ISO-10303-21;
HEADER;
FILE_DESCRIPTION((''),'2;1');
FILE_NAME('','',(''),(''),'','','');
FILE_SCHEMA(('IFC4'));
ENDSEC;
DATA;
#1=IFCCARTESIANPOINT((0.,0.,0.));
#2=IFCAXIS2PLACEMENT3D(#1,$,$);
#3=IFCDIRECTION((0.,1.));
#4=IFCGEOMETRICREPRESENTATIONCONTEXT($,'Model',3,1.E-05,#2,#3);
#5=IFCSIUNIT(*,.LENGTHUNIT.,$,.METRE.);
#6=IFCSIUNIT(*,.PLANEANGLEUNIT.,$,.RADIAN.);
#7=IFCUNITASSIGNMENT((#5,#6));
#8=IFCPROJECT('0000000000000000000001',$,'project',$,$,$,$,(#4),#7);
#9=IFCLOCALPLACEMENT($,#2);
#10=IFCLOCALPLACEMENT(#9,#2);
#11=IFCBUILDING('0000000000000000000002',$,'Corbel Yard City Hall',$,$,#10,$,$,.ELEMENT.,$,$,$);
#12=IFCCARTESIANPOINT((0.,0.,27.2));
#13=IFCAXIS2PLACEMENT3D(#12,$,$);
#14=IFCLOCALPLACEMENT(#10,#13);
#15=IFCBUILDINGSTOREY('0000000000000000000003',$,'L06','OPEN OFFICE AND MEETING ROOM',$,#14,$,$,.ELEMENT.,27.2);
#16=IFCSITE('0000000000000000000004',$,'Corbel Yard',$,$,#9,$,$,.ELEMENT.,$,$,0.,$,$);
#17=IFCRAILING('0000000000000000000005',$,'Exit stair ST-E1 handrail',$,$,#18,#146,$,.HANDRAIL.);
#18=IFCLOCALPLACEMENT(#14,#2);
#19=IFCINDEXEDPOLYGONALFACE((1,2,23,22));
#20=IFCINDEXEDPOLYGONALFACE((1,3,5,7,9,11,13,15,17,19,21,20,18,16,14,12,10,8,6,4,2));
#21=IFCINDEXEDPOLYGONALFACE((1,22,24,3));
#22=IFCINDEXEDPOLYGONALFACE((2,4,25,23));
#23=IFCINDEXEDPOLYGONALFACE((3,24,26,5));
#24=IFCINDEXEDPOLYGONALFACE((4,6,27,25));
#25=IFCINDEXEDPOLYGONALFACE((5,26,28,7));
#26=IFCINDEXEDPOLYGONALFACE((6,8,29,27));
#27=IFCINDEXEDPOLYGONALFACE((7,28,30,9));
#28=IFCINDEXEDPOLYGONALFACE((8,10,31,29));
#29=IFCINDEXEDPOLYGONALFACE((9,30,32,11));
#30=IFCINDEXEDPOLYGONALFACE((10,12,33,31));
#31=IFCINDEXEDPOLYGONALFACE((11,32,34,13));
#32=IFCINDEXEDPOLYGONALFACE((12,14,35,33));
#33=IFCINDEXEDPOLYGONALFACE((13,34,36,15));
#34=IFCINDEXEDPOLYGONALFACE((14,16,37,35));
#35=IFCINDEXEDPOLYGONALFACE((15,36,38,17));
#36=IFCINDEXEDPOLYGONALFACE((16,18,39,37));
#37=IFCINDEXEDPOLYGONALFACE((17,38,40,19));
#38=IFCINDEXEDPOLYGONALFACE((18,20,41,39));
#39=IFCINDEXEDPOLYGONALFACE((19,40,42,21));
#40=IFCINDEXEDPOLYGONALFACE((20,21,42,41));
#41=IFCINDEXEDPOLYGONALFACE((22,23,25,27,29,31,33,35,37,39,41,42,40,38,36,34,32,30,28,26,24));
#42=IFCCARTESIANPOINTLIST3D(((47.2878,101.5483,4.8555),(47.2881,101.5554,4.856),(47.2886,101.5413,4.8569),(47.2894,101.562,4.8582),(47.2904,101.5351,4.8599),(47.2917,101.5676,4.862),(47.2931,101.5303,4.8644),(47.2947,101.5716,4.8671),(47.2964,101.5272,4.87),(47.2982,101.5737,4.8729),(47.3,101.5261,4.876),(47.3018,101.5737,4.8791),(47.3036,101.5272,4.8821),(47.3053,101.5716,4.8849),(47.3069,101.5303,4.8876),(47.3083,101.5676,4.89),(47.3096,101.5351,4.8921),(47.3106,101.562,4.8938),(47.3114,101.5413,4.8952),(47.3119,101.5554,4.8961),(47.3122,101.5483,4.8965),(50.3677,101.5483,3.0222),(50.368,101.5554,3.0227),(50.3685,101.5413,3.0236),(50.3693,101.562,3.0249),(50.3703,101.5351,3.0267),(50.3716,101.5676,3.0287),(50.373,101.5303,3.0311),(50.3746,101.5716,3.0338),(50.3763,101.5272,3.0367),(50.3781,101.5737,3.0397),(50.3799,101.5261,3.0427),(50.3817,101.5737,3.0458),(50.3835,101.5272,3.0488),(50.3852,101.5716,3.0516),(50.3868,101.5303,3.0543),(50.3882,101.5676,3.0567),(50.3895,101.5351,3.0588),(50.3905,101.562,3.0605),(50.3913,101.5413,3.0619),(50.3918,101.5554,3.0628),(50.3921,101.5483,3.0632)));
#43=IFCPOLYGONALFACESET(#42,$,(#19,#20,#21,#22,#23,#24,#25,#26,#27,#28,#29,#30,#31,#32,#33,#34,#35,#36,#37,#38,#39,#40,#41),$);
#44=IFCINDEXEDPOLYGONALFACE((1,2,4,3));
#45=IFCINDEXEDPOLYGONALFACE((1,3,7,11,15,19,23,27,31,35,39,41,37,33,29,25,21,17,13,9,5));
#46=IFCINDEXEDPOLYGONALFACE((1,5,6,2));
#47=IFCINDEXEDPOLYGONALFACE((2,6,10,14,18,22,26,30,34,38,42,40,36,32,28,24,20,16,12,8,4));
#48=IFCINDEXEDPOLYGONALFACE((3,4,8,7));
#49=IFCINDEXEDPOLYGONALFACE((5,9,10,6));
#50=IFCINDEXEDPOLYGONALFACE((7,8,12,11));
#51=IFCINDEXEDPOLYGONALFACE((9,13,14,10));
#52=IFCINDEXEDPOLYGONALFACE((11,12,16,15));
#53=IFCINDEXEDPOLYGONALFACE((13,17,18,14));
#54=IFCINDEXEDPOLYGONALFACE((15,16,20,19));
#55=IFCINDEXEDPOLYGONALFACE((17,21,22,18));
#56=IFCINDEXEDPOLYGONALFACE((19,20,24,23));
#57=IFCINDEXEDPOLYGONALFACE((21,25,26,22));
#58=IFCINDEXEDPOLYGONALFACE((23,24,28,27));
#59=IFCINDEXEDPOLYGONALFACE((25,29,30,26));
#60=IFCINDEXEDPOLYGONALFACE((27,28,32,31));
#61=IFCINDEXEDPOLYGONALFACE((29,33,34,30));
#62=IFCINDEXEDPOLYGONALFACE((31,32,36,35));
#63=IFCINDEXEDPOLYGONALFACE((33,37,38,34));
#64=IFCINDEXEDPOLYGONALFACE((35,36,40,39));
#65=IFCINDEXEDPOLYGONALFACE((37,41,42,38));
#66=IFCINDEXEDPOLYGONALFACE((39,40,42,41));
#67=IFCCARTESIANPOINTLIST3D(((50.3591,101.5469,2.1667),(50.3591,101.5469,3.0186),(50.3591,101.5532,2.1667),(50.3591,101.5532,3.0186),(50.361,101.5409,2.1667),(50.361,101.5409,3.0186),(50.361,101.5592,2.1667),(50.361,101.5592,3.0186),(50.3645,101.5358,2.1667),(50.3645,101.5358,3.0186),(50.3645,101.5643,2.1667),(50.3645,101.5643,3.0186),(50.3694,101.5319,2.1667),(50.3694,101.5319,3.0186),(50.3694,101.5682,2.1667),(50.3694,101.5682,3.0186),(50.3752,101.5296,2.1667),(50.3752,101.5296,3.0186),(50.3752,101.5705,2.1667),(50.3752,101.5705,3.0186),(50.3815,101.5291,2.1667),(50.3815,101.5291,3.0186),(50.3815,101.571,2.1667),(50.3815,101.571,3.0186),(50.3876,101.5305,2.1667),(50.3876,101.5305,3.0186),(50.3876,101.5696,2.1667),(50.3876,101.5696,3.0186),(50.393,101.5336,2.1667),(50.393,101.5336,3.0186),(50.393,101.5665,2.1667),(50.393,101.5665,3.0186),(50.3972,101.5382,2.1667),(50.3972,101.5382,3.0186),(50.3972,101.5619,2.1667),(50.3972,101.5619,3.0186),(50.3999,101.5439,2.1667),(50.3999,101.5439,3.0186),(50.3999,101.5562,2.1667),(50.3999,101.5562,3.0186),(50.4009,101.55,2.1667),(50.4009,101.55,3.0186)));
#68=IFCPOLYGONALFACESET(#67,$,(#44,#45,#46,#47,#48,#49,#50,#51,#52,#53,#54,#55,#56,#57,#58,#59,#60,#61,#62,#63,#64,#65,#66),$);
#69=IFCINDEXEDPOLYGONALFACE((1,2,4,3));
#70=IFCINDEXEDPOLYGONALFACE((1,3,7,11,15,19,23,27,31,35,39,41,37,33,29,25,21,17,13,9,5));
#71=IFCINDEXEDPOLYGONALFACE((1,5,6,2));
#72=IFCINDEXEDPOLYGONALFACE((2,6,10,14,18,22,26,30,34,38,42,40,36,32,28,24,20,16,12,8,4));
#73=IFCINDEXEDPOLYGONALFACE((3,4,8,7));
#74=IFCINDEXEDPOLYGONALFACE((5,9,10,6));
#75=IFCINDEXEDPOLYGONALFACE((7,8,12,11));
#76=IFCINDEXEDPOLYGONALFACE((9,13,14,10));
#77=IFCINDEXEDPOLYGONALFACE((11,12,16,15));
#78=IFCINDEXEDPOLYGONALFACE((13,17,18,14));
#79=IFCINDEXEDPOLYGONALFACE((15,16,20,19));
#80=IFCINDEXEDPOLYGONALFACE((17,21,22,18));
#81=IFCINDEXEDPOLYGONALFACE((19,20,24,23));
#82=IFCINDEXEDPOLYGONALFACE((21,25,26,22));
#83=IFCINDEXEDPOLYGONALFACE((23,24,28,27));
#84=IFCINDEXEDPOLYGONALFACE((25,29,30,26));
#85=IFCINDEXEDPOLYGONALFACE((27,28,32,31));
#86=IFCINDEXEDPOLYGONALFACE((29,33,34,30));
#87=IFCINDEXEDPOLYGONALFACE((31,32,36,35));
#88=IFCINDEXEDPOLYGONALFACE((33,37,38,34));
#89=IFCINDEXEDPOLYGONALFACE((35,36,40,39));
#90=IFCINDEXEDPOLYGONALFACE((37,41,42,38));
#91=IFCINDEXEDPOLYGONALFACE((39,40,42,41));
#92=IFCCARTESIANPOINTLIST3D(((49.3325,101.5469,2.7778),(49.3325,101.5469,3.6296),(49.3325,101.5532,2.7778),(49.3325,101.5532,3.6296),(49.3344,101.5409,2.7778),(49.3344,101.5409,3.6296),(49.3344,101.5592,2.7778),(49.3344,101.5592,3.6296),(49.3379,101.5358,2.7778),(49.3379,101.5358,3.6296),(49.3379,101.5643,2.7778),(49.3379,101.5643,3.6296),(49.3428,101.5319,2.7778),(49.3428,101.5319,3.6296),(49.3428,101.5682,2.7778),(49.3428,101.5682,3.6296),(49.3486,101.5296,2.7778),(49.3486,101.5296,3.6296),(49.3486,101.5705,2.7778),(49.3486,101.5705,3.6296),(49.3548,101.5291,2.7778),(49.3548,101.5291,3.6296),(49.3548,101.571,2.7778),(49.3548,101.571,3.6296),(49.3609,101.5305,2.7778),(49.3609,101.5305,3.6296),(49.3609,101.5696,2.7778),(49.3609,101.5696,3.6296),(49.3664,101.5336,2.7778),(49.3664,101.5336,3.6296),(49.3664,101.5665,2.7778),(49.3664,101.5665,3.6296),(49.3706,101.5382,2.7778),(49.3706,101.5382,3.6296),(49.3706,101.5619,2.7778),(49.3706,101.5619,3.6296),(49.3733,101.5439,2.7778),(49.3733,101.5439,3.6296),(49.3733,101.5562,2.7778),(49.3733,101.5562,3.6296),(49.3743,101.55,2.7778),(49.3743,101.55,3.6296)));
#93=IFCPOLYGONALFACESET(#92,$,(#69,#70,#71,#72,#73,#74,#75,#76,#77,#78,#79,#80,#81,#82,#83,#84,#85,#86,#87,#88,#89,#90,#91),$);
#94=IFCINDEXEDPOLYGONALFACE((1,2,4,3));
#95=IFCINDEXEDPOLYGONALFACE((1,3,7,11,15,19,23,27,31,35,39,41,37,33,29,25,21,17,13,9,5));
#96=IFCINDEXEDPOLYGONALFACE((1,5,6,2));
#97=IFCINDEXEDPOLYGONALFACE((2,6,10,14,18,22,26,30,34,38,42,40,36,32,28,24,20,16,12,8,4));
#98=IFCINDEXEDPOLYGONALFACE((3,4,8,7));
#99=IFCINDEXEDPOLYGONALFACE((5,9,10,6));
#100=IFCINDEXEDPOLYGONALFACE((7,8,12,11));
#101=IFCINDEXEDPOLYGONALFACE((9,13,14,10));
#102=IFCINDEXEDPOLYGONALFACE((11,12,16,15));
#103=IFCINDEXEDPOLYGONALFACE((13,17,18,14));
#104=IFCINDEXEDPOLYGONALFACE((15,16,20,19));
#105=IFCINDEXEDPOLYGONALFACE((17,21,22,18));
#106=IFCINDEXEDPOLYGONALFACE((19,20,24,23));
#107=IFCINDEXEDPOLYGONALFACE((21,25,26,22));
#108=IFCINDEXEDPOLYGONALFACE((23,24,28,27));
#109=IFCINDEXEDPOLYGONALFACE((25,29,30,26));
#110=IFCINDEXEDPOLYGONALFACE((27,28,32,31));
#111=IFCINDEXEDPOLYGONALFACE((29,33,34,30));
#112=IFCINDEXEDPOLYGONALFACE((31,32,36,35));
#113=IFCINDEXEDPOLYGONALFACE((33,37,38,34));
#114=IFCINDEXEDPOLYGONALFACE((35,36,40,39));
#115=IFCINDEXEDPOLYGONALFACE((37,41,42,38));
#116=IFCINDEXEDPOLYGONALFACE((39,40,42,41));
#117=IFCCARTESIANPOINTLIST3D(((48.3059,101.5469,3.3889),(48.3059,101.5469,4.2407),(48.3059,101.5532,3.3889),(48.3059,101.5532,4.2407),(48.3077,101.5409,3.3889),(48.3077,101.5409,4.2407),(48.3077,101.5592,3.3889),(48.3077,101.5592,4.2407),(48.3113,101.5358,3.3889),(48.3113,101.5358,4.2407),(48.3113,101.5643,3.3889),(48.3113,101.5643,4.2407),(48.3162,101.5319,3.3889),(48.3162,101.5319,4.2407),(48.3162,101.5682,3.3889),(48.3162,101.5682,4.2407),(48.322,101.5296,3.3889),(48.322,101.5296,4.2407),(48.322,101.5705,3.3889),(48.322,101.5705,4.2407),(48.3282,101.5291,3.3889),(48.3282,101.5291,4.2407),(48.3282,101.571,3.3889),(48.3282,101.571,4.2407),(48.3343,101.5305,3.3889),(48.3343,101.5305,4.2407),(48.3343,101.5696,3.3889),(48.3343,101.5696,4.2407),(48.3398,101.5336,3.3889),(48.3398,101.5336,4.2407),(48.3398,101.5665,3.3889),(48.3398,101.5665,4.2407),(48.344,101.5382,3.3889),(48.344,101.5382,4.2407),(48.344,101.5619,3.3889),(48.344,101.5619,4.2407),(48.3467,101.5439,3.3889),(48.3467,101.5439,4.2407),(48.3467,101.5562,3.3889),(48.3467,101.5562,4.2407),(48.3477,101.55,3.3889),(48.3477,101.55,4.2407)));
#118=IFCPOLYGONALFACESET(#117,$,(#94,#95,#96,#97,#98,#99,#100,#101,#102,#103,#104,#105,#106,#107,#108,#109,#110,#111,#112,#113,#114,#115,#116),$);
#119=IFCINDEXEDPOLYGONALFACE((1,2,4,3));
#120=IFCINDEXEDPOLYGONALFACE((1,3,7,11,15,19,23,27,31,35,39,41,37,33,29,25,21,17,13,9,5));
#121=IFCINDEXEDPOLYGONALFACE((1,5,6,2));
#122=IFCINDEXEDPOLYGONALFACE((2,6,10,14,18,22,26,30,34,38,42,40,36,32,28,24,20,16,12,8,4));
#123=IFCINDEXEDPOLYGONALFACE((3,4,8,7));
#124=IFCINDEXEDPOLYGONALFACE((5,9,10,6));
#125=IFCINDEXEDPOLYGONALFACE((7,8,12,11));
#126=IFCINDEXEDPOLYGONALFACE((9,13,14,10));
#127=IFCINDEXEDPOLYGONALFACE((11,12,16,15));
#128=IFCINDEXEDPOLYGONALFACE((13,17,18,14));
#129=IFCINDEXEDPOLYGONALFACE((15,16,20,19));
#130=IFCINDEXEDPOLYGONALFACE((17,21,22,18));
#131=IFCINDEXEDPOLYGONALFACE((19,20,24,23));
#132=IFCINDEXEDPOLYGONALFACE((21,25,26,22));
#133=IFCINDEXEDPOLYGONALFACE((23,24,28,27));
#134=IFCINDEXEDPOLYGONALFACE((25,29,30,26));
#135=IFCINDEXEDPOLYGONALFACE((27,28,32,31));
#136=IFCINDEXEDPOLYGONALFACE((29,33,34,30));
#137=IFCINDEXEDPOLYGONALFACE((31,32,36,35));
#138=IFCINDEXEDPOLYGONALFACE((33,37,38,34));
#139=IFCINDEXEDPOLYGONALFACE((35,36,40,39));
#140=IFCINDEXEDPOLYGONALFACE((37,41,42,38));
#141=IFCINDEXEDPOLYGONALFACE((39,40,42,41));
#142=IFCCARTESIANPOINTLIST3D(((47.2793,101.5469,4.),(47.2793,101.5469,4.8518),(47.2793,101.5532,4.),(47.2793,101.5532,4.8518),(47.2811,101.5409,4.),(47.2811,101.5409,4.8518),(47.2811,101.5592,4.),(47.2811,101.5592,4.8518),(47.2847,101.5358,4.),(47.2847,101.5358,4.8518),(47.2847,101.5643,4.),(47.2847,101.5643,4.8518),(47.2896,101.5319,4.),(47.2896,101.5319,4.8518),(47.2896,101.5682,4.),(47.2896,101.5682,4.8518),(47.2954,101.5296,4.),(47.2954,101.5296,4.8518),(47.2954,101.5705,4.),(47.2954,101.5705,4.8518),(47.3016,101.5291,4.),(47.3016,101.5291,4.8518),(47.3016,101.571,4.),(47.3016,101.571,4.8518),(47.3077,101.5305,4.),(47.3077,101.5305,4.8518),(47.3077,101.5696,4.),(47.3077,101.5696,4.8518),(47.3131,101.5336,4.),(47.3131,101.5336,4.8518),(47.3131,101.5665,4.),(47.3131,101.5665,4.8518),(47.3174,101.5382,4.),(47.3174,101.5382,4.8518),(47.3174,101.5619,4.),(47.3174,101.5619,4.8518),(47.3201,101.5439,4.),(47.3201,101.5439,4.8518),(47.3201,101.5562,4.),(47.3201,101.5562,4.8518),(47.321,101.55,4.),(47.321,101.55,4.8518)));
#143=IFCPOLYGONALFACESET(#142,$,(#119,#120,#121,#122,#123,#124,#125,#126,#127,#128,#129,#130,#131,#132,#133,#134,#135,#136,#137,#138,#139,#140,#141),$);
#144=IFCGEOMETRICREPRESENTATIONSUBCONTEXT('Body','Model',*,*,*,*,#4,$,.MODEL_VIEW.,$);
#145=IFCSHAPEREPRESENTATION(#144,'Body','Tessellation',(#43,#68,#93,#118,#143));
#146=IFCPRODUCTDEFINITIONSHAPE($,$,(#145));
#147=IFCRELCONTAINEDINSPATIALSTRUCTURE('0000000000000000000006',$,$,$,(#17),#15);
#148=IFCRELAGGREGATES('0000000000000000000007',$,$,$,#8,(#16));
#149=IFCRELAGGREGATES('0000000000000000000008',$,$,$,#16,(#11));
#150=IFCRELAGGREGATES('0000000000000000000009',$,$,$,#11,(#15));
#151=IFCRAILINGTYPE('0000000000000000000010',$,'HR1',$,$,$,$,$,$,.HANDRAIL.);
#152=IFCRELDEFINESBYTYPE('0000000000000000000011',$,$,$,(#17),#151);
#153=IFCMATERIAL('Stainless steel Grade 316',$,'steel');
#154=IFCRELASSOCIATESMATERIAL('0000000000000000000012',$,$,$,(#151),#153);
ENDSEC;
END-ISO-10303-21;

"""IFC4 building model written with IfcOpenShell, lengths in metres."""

from ifc_helpers import new_model, si_unit, direction, frame, origin, origin_2d, place, context, subcontext, project, spatial, circle, extrude, material, type_object, element, save


model = new_model("IFC4")

# Units and contexts
model_context = context("Model", 3, precision=1e-05, world=origin(), true_north=direction((0.0, 1.0)))
body_context = subcontext(model_context, "Body", "Model", "MODEL_VIEW")
ifc_project = project(units=[si_unit("LENGTHUNIT", "METRE"), si_unit("PLANEANGLEUNIT", "RADIAN")], contexts=[model_context])

# Site, building, storey
site_placement = place(None, origin())
site = spatial("IfcSite", under=ifc_project, at=site_placement, Name="Corbel Yard", CompositionType="ELEMENT", RefElevation=0.0)
building_placement = place(site_placement, origin())
building = spatial("IfcBuilding", under=site, at=building_placement, Name="Corbel Yard City Hall", CompositionType="ELEMENT")
storey_placement = place(building_placement, frame((0.0, 0.0, 27.2)))
storey = spatial("IfcBuildingStorey", under=building, at=storey_placement, Name="L06", Description="OPEN OFFICE AND MEETING ROOM", CompositionType="ELEMENT", Elevation=27.2)

# Railing
ifc_material_1 = material(Name="Stainless steel Grade 316", Category="steel")
railing_type = type_object("IfcRailingType", Name="HR1", PredefinedType="HANDRAIL", material=ifc_material_1)
for number, where, name in (
    (1, (50.3799, 101.55, 2.1667), "Exit stair ST-E1 handrail"),
):
    element("IfcRailing", number, at=place(storey_placement, frame(where)), inside=storey, type_object=railing_type, Name=name, PredefinedType="HANDRAIL", context=body_context, shape_type="SweptSolid", body=[
        extrude(circle(Radius=0.0239, at=origin_2d()), frame((0.0, 0.0, 0.876), z_axis=(-0.859291, 0.0, 0.511487), x_axis=(0.0, -1.0, 0.0)), (0.0, 0.0, 1.0), 3.5842),
        extrude(circle(Radius=0.021, at=origin_2d()), origin(), (0.0, 0.0, 1.0), 0.8518),
        extrude(circle(Radius=0.021, at=origin_2d()), frame((-1.0266, 0.0, 0.6111)), (0.0, 0.0, 1.0), 0.8518),
        extrude(circle(Radius=0.021, at=origin_2d()), frame((-2.0532, 0.0, 1.2222)), (0.0, 0.0, 1.0), 0.8518),
        extrude(circle(Radius=0.021, at=origin_2d()), frame((-3.0798, 0.0, 1.8333)), (0.0, 0.0, 1.0), 0.8518),
    ])

save(model, "model.ifc")
